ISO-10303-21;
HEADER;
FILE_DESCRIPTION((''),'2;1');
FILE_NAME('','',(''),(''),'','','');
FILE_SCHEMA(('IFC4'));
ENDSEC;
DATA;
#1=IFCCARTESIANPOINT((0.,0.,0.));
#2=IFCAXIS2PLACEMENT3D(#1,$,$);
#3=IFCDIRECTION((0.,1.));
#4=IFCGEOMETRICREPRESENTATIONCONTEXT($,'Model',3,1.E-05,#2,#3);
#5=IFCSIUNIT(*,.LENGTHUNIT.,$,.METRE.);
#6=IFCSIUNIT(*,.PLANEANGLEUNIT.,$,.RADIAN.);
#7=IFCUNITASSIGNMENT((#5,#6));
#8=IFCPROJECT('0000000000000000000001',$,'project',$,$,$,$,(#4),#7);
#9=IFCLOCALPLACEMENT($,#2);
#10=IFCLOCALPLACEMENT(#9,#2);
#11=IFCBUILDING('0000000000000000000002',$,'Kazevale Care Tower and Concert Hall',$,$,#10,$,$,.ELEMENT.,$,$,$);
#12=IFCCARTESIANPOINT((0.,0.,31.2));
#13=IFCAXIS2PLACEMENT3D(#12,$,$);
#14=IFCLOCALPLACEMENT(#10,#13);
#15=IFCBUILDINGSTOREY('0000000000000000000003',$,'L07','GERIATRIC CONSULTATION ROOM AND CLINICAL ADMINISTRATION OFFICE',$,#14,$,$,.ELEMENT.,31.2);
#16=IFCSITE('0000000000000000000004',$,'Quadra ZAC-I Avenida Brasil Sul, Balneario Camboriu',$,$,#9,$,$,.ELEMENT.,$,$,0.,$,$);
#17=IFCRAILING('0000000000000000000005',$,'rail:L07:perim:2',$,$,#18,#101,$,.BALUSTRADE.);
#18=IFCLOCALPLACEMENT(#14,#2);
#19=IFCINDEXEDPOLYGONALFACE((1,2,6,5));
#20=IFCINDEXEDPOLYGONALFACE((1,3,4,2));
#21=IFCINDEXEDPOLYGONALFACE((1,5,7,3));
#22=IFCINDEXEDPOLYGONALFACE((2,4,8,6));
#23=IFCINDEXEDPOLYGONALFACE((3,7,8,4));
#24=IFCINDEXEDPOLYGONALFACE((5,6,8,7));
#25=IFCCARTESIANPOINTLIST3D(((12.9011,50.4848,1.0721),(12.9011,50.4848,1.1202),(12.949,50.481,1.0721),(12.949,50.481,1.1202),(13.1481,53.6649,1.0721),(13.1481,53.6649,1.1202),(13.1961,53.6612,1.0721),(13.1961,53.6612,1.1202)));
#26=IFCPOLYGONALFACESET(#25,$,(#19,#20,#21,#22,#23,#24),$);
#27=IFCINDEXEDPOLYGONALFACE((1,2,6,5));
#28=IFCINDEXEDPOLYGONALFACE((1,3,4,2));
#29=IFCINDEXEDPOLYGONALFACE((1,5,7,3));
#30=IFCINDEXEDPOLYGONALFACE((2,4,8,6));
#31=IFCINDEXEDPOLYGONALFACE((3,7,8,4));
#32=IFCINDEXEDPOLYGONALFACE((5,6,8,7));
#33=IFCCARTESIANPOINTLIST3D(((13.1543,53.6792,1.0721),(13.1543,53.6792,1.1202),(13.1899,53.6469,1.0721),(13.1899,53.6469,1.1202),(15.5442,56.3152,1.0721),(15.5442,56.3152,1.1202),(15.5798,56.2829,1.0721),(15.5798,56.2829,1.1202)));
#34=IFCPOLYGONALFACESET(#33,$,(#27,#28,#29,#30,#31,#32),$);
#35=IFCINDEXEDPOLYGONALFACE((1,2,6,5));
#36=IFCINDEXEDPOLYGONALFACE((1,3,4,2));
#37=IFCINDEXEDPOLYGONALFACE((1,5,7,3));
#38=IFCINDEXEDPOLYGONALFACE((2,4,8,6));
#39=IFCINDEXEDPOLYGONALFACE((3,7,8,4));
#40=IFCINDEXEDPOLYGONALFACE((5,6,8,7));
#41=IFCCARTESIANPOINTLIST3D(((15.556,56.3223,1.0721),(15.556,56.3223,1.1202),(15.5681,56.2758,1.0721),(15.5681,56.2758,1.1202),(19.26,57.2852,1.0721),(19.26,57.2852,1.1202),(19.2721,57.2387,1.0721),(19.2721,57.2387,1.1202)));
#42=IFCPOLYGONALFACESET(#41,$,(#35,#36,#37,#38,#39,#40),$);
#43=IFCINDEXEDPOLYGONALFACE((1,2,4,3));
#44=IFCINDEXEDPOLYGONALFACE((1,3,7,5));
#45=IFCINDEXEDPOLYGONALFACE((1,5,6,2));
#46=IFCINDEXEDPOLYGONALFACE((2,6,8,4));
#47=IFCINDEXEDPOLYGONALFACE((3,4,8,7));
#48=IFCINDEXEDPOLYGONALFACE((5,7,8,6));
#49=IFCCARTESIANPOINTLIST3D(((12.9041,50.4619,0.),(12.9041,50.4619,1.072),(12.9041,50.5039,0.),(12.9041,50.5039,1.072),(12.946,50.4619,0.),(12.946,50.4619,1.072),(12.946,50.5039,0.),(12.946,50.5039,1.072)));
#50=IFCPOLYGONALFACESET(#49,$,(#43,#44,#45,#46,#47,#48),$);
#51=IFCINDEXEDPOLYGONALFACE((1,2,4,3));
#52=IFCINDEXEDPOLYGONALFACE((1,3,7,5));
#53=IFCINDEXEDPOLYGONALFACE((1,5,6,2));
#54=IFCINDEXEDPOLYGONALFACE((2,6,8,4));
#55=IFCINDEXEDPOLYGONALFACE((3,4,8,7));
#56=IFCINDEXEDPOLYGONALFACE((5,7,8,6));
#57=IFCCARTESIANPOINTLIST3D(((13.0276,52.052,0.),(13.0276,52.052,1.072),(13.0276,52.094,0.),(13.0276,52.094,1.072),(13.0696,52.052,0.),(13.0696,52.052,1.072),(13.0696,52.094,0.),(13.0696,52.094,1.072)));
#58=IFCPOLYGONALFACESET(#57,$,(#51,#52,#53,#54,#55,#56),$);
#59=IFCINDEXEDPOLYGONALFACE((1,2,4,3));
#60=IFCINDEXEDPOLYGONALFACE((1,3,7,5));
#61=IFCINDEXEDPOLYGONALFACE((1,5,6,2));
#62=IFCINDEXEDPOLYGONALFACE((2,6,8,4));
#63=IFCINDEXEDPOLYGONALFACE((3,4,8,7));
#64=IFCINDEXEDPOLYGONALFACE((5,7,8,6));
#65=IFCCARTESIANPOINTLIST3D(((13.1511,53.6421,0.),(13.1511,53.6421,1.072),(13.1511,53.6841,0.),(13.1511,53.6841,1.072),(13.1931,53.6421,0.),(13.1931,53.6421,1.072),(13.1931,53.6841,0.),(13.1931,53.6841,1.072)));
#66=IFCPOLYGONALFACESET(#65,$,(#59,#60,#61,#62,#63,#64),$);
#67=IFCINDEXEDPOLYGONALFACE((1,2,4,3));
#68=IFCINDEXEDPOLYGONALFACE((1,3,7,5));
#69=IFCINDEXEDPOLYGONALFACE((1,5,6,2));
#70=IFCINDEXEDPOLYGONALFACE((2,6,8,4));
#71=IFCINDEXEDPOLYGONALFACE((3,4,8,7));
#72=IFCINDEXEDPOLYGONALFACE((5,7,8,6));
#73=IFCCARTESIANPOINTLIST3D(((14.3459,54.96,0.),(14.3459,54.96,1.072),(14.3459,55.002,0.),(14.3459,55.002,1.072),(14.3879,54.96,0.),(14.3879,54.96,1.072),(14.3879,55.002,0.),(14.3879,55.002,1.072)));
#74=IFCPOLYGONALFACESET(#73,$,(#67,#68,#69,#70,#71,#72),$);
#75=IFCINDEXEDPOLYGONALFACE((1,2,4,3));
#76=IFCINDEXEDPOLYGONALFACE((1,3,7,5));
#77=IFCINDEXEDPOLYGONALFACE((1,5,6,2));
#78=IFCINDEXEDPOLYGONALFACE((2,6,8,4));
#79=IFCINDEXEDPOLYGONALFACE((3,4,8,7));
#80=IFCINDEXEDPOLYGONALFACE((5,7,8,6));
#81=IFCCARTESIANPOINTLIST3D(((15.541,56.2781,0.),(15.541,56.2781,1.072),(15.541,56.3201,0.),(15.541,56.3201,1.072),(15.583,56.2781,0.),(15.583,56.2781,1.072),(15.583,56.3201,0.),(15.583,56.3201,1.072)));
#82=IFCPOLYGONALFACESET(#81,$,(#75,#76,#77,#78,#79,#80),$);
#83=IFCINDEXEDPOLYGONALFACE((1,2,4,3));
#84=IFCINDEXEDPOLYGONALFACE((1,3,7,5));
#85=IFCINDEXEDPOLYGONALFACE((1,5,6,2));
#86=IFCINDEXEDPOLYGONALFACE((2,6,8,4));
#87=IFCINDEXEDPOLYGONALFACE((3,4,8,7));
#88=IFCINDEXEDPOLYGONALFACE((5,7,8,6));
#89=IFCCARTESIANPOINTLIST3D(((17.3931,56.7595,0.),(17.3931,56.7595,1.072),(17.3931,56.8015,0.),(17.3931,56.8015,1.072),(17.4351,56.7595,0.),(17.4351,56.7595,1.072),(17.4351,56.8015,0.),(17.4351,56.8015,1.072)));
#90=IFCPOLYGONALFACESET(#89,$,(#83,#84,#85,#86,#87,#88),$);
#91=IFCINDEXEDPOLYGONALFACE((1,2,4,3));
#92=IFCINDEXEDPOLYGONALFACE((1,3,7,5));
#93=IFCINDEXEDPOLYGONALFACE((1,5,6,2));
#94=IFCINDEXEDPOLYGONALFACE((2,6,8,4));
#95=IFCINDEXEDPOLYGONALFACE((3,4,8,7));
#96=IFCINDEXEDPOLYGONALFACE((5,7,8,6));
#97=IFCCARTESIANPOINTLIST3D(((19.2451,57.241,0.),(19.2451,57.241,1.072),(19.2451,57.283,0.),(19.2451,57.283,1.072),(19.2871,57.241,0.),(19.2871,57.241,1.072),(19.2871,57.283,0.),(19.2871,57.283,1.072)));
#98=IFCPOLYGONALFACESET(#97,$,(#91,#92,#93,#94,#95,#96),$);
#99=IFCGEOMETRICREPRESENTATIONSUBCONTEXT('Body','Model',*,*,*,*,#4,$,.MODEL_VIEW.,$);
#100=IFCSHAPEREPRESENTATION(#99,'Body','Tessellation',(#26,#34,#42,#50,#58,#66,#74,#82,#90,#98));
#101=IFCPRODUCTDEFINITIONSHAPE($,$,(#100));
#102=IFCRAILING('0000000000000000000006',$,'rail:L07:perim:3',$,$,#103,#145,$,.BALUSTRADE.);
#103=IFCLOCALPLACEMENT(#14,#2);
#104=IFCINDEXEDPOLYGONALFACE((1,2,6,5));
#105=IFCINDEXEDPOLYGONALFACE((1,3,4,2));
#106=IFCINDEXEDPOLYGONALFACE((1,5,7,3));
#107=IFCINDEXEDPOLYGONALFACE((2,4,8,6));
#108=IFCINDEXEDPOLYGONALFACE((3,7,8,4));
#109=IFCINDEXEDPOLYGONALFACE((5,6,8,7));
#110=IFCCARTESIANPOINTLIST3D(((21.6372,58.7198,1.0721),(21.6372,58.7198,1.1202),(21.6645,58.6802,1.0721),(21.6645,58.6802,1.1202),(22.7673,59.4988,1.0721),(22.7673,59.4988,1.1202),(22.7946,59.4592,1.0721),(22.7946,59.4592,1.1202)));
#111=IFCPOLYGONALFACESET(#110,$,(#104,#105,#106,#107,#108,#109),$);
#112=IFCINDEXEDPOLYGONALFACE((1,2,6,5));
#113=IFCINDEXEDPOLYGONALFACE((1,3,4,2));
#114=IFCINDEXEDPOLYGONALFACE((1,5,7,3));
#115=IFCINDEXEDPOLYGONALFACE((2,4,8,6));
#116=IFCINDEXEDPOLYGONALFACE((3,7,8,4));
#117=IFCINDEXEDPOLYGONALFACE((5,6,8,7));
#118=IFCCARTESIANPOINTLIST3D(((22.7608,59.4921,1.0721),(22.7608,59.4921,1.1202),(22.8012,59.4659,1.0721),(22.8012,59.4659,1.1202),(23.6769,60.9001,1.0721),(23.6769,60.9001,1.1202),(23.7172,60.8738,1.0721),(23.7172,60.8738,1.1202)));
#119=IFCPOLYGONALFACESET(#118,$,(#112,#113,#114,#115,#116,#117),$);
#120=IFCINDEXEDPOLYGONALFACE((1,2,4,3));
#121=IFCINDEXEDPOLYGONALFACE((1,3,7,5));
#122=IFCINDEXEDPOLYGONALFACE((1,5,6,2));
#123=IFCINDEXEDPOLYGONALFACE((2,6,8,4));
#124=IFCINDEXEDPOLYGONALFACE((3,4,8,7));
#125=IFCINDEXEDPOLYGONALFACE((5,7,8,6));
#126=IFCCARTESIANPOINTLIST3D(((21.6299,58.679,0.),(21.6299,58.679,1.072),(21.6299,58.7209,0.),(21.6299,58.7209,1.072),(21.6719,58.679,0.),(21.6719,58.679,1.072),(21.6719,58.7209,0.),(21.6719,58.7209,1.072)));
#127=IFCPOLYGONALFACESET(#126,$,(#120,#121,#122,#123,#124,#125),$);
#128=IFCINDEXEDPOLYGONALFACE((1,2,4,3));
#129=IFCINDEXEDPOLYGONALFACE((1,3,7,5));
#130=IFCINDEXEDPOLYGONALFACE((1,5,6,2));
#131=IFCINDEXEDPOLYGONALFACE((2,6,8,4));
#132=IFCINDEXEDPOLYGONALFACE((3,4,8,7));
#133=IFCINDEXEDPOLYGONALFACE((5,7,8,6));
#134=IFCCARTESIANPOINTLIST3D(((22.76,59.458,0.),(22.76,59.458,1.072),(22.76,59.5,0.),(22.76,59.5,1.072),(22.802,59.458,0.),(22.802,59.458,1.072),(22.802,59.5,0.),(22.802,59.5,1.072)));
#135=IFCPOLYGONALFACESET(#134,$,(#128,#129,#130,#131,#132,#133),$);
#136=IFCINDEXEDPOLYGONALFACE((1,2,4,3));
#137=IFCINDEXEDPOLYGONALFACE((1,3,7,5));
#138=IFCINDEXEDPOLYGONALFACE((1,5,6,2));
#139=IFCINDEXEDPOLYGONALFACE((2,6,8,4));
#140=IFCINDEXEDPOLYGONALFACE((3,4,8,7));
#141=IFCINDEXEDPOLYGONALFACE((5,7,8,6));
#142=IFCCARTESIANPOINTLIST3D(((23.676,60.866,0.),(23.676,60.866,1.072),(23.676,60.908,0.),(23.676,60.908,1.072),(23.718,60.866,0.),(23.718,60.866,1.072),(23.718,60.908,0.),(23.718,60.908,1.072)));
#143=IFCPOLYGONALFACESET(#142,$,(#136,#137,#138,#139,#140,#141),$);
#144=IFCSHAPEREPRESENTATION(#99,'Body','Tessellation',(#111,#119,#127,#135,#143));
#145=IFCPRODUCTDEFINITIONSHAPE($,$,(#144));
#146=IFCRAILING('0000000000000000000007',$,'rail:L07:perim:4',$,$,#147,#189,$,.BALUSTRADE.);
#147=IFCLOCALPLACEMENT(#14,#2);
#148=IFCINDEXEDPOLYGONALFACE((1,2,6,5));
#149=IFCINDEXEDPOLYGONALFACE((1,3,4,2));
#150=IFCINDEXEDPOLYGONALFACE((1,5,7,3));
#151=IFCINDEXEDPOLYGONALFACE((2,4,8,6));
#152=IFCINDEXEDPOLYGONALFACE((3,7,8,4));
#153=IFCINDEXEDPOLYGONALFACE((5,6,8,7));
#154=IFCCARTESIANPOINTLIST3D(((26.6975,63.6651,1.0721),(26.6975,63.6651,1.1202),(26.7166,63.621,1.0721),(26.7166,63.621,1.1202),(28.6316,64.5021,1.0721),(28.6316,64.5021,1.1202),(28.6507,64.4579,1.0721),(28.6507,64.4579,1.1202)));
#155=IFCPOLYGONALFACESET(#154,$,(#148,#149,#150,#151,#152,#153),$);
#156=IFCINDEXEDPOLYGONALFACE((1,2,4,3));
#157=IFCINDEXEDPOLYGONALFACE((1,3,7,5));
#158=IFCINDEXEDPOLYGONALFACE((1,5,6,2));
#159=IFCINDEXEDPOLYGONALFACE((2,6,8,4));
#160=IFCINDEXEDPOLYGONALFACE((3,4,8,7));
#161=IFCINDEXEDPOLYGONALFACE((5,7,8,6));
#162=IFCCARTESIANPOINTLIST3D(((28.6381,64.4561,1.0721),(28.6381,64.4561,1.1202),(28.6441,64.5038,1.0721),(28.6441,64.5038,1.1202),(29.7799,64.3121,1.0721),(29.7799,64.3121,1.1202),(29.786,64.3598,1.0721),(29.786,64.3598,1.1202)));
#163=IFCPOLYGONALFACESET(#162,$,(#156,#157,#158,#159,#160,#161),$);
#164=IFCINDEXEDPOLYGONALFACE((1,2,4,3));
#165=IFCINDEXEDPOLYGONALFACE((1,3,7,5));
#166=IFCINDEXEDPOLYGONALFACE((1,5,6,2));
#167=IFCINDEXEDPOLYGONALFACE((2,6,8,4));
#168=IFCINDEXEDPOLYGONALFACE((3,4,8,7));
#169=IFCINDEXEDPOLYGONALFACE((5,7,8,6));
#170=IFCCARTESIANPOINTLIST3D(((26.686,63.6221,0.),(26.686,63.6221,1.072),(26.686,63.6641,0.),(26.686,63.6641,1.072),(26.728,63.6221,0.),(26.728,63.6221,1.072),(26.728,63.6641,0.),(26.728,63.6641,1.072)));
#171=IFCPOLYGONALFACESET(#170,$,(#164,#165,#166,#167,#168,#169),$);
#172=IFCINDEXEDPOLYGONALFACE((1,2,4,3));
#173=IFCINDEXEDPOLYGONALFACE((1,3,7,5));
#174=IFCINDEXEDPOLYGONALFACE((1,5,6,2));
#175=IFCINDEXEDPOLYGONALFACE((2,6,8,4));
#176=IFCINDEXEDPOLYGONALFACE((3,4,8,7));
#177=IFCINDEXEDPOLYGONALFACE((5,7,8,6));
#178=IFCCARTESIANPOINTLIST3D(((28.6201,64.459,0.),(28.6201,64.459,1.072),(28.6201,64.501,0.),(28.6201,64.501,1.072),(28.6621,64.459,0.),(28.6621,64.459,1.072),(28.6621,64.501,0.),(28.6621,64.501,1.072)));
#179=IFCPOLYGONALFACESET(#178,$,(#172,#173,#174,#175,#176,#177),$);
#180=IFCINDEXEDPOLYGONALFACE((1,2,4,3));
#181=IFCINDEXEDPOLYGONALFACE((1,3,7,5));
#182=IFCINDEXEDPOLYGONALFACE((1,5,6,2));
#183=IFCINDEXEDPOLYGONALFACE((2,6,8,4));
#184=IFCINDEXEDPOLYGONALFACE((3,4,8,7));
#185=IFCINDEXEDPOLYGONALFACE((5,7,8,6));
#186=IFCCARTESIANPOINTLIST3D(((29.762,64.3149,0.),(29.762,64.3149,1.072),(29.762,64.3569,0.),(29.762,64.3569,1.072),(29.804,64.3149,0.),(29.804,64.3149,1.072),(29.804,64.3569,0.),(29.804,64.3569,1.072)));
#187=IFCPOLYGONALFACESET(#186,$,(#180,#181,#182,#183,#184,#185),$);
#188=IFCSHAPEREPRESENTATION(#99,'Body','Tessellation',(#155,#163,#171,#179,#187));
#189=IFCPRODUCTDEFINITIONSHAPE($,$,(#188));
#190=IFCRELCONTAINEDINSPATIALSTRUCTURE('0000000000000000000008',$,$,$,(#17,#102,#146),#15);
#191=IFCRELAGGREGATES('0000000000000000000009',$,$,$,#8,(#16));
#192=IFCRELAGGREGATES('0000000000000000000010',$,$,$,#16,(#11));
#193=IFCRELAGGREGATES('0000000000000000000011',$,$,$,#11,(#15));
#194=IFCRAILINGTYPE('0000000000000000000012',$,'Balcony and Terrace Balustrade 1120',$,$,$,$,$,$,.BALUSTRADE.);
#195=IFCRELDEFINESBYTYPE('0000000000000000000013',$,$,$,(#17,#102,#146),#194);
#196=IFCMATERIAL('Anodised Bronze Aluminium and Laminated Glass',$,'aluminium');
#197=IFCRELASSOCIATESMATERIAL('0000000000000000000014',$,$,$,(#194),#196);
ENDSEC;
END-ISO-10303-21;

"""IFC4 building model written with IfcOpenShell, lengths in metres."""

from ifc_helpers import new_model, si_unit, direction, frame, origin, origin_2d, place, context, subcontext, project, spatial, rectangle, extrude, material, type_object, element, save


model = new_model("IFC4")

# Units and contexts
model_context = context("Model", 3, precision=1e-05, world=origin(), true_north=direction((0.0, 1.0)))
body_context = subcontext(model_context, "Body", "Model", "MODEL_VIEW")
ifc_project = project(units=[si_unit("LENGTHUNIT", "METRE"), si_unit("PLANEANGLEUNIT", "RADIAN")], contexts=[model_context])

# Site, building, storey
site_placement = place(None, origin())
site = spatial("IfcSite", under=ifc_project, at=site_placement, Name="Quadra ZAC-I Avenida Brasil Sul, Balneario Camboriu", CompositionType="ELEMENT", RefElevation=0.0)
building_placement = place(site_placement, origin())
building = spatial("IfcBuilding", under=site, at=building_placement, Name="Kazevale Care Tower and Concert Hall", CompositionType="ELEMENT")
storey_placement = place(building_placement, frame((0.0, 0.0, 31.2)))
storey = spatial("IfcBuildingStorey", under=building, at=storey_placement, Name="L07", Description="GERIATRIC CONSULTATION ROOM AND CLINICAL ADMINISTRATION OFFICE", CompositionType="ELEMENT", Elevation=31.2)

# Railings
ifc_material_1 = material(Name="Anodised Bronze Aluminium and Laminated Glass", Category="aluminium")
railing_type = type_object("IfcRailingType", Name="Balcony and Terrace Balustrade 1120", PredefinedType="BALUSTRADE", material=ifc_material_1)
railing_1_placement = place(storey_placement, frame((12.925, 50.4829, 0.0)))
element("IfcRailing", 1, at=railing_1_placement, inside=storey, type_object=railing_type, Name="rail:L07:perim:2", PredefinedType="BALUSTRADE", context=body_context, shape_type="SweptSolid", body=[
    extrude(rectangle(XDim=0.0481, YDim=0.0481, at=origin_2d()), frame((0.0, 0.0, 1.0962), z_axis=(0.077457, 0.996996, 0.0), x_axis=(-0.996996, 0.077457, 0.0)), (0.0, 0.0, 1.0), 3.1897),
    extrude(rectangle(XDim=0.0481, YDim=0.0481, at=origin_2d()), frame((0.2471, 3.1802, 1.0962), z_axis=(0.671678, 0.740843, 0.0), x_axis=(-0.740843, 0.671678, 0.0)), (0.0, 0.0, 1.0), 3.5581),
    extrude(rectangle(XDim=0.0481, YDim=0.0481, at=origin_2d()), frame((2.637, 5.8162, 1.0962), z_axis=(0.967834, 0.251591, 0.0), x_axis=(-0.251591, 0.967834, 0.0)), (0.0, 0.0, 1.0), 3.8271),
    extrude(rectangle(XDim=0.042, YDim=0.042, at=origin_2d()), origin(), (0.0, 0.0, 1.0), 1.072),
    extrude(rectangle(XDim=0.042, YDim=0.042, at=origin_2d()), frame((0.1235, 1.5901, 0.0)), (0.0, 0.0, 1.0), 1.072),
    extrude(rectangle(XDim=0.042, YDim=0.042, at=origin_2d()), frame((0.2471, 3.1802, 0.0)), (0.0, 0.0, 1.0), 1.072),
    extrude(rectangle(XDim=0.042, YDim=0.042, at=origin_2d()), frame((1.4419, 4.498, 0.0)), (0.0, 0.0, 1.0), 1.072),
    extrude(rectangle(XDim=0.042, YDim=0.042, at=origin_2d()), frame((2.637, 5.8162, 0.0)), (0.0, 0.0, 1.0), 1.072),
    extrude(rectangle(XDim=0.042, YDim=0.042, at=origin_2d()), frame((4.489, 6.2976, 0.0)), (0.0, 0.0, 1.0), 1.072),
    extrude(rectangle(XDim=0.042, YDim=0.042, at=origin_2d()), frame((6.3411, 6.7791, 0.0)), (0.0, 0.0, 1.0), 1.072),
])
railing_2_placement = place(storey_placement, frame((21.6509, 58.7, 0.0)))
element("IfcRailing", 2, at=railing_2_placement, inside=storey, type_object=railing_type, Name="rail:L07:perim:3", PredefinedType="BALUSTRADE", context=body_context, shape_type="SweptSolid", body=[
    extrude(rectangle(XDim=0.0481, YDim=0.0481, at=origin_2d()), frame((0.0, 0.0, 1.0962), z_axis=(0.82333, 0.567563, 0.0), x_axis=(-0.567563, 0.82333, 0.0)), (0.0, 0.0, 1.0), 1.3726),
    extrude(rectangle(XDim=0.0481, YDim=0.0481, at=origin_2d()), frame((1.1301, 0.7791, 1.0962), z_axis=(0.545341, 0.838214, 0.0), x_axis=(-0.838214, 0.545341, 0.0)), (0.0, 0.0, 1.0), 1.6797),
    extrude(rectangle(XDim=0.042, YDim=0.042, at=origin_2d()), origin(), (0.0, 0.0, 1.0), 1.072),
    extrude(rectangle(XDim=0.042, YDim=0.042, at=origin_2d()), frame((1.1301, 0.7791, 0.0)), (0.0, 0.0, 1.0), 1.072),
    extrude(rectangle(XDim=0.042, YDim=0.042, at=origin_2d()), frame((2.0461, 2.187, 0.0)), (0.0, 0.0, 1.0), 1.072),
])
railing_3_placement = place(storey_placement, frame((26.707, 63.6431, 0.0)))
element("IfcRailing", 3, at=railing_3_placement, inside=storey, type_object=railing_type, Name="rail:L07:perim:4", PredefinedType="BALUSTRADE", context=body_context, shape_type="SweptSolid", body=[
    extrude(rectangle(XDim=0.0481, YDim=0.0481, at=origin_2d()), frame((0.0, 0.0, 1.0962), z_axis=(0.917761, 0.397133, 0.0), x_axis=(-0.397133, 0.917761, 0.0)), (0.0, 0.0, 1.0), 2.1074),
    extrude(rectangle(XDim=0.0481, YDim=0.0481, at=origin_2d()), frame((1.9341, 0.8369, 1.0962), z_axis=(0.992137, -0.125157, 0.0), x_axis=(0.125157, 0.992137, 0.0)), (0.0, 0.0, 1.0), 1.1509),
    extrude(rectangle(XDim=0.042, YDim=0.042, at=origin_2d()), origin(), (0.0, 0.0, 1.0), 1.072),
    extrude(rectangle(XDim=0.042, YDim=0.042, at=origin_2d()), frame((1.9341, 0.8369, 0.0)), (0.0, 0.0, 1.0), 1.072),
    extrude(rectangle(XDim=0.042, YDim=0.042, at=origin_2d()), frame((3.0759, 0.6929, 0.0)), (0.0, 0.0, 1.0), 1.072),
])

save(model, "model.ifc")
